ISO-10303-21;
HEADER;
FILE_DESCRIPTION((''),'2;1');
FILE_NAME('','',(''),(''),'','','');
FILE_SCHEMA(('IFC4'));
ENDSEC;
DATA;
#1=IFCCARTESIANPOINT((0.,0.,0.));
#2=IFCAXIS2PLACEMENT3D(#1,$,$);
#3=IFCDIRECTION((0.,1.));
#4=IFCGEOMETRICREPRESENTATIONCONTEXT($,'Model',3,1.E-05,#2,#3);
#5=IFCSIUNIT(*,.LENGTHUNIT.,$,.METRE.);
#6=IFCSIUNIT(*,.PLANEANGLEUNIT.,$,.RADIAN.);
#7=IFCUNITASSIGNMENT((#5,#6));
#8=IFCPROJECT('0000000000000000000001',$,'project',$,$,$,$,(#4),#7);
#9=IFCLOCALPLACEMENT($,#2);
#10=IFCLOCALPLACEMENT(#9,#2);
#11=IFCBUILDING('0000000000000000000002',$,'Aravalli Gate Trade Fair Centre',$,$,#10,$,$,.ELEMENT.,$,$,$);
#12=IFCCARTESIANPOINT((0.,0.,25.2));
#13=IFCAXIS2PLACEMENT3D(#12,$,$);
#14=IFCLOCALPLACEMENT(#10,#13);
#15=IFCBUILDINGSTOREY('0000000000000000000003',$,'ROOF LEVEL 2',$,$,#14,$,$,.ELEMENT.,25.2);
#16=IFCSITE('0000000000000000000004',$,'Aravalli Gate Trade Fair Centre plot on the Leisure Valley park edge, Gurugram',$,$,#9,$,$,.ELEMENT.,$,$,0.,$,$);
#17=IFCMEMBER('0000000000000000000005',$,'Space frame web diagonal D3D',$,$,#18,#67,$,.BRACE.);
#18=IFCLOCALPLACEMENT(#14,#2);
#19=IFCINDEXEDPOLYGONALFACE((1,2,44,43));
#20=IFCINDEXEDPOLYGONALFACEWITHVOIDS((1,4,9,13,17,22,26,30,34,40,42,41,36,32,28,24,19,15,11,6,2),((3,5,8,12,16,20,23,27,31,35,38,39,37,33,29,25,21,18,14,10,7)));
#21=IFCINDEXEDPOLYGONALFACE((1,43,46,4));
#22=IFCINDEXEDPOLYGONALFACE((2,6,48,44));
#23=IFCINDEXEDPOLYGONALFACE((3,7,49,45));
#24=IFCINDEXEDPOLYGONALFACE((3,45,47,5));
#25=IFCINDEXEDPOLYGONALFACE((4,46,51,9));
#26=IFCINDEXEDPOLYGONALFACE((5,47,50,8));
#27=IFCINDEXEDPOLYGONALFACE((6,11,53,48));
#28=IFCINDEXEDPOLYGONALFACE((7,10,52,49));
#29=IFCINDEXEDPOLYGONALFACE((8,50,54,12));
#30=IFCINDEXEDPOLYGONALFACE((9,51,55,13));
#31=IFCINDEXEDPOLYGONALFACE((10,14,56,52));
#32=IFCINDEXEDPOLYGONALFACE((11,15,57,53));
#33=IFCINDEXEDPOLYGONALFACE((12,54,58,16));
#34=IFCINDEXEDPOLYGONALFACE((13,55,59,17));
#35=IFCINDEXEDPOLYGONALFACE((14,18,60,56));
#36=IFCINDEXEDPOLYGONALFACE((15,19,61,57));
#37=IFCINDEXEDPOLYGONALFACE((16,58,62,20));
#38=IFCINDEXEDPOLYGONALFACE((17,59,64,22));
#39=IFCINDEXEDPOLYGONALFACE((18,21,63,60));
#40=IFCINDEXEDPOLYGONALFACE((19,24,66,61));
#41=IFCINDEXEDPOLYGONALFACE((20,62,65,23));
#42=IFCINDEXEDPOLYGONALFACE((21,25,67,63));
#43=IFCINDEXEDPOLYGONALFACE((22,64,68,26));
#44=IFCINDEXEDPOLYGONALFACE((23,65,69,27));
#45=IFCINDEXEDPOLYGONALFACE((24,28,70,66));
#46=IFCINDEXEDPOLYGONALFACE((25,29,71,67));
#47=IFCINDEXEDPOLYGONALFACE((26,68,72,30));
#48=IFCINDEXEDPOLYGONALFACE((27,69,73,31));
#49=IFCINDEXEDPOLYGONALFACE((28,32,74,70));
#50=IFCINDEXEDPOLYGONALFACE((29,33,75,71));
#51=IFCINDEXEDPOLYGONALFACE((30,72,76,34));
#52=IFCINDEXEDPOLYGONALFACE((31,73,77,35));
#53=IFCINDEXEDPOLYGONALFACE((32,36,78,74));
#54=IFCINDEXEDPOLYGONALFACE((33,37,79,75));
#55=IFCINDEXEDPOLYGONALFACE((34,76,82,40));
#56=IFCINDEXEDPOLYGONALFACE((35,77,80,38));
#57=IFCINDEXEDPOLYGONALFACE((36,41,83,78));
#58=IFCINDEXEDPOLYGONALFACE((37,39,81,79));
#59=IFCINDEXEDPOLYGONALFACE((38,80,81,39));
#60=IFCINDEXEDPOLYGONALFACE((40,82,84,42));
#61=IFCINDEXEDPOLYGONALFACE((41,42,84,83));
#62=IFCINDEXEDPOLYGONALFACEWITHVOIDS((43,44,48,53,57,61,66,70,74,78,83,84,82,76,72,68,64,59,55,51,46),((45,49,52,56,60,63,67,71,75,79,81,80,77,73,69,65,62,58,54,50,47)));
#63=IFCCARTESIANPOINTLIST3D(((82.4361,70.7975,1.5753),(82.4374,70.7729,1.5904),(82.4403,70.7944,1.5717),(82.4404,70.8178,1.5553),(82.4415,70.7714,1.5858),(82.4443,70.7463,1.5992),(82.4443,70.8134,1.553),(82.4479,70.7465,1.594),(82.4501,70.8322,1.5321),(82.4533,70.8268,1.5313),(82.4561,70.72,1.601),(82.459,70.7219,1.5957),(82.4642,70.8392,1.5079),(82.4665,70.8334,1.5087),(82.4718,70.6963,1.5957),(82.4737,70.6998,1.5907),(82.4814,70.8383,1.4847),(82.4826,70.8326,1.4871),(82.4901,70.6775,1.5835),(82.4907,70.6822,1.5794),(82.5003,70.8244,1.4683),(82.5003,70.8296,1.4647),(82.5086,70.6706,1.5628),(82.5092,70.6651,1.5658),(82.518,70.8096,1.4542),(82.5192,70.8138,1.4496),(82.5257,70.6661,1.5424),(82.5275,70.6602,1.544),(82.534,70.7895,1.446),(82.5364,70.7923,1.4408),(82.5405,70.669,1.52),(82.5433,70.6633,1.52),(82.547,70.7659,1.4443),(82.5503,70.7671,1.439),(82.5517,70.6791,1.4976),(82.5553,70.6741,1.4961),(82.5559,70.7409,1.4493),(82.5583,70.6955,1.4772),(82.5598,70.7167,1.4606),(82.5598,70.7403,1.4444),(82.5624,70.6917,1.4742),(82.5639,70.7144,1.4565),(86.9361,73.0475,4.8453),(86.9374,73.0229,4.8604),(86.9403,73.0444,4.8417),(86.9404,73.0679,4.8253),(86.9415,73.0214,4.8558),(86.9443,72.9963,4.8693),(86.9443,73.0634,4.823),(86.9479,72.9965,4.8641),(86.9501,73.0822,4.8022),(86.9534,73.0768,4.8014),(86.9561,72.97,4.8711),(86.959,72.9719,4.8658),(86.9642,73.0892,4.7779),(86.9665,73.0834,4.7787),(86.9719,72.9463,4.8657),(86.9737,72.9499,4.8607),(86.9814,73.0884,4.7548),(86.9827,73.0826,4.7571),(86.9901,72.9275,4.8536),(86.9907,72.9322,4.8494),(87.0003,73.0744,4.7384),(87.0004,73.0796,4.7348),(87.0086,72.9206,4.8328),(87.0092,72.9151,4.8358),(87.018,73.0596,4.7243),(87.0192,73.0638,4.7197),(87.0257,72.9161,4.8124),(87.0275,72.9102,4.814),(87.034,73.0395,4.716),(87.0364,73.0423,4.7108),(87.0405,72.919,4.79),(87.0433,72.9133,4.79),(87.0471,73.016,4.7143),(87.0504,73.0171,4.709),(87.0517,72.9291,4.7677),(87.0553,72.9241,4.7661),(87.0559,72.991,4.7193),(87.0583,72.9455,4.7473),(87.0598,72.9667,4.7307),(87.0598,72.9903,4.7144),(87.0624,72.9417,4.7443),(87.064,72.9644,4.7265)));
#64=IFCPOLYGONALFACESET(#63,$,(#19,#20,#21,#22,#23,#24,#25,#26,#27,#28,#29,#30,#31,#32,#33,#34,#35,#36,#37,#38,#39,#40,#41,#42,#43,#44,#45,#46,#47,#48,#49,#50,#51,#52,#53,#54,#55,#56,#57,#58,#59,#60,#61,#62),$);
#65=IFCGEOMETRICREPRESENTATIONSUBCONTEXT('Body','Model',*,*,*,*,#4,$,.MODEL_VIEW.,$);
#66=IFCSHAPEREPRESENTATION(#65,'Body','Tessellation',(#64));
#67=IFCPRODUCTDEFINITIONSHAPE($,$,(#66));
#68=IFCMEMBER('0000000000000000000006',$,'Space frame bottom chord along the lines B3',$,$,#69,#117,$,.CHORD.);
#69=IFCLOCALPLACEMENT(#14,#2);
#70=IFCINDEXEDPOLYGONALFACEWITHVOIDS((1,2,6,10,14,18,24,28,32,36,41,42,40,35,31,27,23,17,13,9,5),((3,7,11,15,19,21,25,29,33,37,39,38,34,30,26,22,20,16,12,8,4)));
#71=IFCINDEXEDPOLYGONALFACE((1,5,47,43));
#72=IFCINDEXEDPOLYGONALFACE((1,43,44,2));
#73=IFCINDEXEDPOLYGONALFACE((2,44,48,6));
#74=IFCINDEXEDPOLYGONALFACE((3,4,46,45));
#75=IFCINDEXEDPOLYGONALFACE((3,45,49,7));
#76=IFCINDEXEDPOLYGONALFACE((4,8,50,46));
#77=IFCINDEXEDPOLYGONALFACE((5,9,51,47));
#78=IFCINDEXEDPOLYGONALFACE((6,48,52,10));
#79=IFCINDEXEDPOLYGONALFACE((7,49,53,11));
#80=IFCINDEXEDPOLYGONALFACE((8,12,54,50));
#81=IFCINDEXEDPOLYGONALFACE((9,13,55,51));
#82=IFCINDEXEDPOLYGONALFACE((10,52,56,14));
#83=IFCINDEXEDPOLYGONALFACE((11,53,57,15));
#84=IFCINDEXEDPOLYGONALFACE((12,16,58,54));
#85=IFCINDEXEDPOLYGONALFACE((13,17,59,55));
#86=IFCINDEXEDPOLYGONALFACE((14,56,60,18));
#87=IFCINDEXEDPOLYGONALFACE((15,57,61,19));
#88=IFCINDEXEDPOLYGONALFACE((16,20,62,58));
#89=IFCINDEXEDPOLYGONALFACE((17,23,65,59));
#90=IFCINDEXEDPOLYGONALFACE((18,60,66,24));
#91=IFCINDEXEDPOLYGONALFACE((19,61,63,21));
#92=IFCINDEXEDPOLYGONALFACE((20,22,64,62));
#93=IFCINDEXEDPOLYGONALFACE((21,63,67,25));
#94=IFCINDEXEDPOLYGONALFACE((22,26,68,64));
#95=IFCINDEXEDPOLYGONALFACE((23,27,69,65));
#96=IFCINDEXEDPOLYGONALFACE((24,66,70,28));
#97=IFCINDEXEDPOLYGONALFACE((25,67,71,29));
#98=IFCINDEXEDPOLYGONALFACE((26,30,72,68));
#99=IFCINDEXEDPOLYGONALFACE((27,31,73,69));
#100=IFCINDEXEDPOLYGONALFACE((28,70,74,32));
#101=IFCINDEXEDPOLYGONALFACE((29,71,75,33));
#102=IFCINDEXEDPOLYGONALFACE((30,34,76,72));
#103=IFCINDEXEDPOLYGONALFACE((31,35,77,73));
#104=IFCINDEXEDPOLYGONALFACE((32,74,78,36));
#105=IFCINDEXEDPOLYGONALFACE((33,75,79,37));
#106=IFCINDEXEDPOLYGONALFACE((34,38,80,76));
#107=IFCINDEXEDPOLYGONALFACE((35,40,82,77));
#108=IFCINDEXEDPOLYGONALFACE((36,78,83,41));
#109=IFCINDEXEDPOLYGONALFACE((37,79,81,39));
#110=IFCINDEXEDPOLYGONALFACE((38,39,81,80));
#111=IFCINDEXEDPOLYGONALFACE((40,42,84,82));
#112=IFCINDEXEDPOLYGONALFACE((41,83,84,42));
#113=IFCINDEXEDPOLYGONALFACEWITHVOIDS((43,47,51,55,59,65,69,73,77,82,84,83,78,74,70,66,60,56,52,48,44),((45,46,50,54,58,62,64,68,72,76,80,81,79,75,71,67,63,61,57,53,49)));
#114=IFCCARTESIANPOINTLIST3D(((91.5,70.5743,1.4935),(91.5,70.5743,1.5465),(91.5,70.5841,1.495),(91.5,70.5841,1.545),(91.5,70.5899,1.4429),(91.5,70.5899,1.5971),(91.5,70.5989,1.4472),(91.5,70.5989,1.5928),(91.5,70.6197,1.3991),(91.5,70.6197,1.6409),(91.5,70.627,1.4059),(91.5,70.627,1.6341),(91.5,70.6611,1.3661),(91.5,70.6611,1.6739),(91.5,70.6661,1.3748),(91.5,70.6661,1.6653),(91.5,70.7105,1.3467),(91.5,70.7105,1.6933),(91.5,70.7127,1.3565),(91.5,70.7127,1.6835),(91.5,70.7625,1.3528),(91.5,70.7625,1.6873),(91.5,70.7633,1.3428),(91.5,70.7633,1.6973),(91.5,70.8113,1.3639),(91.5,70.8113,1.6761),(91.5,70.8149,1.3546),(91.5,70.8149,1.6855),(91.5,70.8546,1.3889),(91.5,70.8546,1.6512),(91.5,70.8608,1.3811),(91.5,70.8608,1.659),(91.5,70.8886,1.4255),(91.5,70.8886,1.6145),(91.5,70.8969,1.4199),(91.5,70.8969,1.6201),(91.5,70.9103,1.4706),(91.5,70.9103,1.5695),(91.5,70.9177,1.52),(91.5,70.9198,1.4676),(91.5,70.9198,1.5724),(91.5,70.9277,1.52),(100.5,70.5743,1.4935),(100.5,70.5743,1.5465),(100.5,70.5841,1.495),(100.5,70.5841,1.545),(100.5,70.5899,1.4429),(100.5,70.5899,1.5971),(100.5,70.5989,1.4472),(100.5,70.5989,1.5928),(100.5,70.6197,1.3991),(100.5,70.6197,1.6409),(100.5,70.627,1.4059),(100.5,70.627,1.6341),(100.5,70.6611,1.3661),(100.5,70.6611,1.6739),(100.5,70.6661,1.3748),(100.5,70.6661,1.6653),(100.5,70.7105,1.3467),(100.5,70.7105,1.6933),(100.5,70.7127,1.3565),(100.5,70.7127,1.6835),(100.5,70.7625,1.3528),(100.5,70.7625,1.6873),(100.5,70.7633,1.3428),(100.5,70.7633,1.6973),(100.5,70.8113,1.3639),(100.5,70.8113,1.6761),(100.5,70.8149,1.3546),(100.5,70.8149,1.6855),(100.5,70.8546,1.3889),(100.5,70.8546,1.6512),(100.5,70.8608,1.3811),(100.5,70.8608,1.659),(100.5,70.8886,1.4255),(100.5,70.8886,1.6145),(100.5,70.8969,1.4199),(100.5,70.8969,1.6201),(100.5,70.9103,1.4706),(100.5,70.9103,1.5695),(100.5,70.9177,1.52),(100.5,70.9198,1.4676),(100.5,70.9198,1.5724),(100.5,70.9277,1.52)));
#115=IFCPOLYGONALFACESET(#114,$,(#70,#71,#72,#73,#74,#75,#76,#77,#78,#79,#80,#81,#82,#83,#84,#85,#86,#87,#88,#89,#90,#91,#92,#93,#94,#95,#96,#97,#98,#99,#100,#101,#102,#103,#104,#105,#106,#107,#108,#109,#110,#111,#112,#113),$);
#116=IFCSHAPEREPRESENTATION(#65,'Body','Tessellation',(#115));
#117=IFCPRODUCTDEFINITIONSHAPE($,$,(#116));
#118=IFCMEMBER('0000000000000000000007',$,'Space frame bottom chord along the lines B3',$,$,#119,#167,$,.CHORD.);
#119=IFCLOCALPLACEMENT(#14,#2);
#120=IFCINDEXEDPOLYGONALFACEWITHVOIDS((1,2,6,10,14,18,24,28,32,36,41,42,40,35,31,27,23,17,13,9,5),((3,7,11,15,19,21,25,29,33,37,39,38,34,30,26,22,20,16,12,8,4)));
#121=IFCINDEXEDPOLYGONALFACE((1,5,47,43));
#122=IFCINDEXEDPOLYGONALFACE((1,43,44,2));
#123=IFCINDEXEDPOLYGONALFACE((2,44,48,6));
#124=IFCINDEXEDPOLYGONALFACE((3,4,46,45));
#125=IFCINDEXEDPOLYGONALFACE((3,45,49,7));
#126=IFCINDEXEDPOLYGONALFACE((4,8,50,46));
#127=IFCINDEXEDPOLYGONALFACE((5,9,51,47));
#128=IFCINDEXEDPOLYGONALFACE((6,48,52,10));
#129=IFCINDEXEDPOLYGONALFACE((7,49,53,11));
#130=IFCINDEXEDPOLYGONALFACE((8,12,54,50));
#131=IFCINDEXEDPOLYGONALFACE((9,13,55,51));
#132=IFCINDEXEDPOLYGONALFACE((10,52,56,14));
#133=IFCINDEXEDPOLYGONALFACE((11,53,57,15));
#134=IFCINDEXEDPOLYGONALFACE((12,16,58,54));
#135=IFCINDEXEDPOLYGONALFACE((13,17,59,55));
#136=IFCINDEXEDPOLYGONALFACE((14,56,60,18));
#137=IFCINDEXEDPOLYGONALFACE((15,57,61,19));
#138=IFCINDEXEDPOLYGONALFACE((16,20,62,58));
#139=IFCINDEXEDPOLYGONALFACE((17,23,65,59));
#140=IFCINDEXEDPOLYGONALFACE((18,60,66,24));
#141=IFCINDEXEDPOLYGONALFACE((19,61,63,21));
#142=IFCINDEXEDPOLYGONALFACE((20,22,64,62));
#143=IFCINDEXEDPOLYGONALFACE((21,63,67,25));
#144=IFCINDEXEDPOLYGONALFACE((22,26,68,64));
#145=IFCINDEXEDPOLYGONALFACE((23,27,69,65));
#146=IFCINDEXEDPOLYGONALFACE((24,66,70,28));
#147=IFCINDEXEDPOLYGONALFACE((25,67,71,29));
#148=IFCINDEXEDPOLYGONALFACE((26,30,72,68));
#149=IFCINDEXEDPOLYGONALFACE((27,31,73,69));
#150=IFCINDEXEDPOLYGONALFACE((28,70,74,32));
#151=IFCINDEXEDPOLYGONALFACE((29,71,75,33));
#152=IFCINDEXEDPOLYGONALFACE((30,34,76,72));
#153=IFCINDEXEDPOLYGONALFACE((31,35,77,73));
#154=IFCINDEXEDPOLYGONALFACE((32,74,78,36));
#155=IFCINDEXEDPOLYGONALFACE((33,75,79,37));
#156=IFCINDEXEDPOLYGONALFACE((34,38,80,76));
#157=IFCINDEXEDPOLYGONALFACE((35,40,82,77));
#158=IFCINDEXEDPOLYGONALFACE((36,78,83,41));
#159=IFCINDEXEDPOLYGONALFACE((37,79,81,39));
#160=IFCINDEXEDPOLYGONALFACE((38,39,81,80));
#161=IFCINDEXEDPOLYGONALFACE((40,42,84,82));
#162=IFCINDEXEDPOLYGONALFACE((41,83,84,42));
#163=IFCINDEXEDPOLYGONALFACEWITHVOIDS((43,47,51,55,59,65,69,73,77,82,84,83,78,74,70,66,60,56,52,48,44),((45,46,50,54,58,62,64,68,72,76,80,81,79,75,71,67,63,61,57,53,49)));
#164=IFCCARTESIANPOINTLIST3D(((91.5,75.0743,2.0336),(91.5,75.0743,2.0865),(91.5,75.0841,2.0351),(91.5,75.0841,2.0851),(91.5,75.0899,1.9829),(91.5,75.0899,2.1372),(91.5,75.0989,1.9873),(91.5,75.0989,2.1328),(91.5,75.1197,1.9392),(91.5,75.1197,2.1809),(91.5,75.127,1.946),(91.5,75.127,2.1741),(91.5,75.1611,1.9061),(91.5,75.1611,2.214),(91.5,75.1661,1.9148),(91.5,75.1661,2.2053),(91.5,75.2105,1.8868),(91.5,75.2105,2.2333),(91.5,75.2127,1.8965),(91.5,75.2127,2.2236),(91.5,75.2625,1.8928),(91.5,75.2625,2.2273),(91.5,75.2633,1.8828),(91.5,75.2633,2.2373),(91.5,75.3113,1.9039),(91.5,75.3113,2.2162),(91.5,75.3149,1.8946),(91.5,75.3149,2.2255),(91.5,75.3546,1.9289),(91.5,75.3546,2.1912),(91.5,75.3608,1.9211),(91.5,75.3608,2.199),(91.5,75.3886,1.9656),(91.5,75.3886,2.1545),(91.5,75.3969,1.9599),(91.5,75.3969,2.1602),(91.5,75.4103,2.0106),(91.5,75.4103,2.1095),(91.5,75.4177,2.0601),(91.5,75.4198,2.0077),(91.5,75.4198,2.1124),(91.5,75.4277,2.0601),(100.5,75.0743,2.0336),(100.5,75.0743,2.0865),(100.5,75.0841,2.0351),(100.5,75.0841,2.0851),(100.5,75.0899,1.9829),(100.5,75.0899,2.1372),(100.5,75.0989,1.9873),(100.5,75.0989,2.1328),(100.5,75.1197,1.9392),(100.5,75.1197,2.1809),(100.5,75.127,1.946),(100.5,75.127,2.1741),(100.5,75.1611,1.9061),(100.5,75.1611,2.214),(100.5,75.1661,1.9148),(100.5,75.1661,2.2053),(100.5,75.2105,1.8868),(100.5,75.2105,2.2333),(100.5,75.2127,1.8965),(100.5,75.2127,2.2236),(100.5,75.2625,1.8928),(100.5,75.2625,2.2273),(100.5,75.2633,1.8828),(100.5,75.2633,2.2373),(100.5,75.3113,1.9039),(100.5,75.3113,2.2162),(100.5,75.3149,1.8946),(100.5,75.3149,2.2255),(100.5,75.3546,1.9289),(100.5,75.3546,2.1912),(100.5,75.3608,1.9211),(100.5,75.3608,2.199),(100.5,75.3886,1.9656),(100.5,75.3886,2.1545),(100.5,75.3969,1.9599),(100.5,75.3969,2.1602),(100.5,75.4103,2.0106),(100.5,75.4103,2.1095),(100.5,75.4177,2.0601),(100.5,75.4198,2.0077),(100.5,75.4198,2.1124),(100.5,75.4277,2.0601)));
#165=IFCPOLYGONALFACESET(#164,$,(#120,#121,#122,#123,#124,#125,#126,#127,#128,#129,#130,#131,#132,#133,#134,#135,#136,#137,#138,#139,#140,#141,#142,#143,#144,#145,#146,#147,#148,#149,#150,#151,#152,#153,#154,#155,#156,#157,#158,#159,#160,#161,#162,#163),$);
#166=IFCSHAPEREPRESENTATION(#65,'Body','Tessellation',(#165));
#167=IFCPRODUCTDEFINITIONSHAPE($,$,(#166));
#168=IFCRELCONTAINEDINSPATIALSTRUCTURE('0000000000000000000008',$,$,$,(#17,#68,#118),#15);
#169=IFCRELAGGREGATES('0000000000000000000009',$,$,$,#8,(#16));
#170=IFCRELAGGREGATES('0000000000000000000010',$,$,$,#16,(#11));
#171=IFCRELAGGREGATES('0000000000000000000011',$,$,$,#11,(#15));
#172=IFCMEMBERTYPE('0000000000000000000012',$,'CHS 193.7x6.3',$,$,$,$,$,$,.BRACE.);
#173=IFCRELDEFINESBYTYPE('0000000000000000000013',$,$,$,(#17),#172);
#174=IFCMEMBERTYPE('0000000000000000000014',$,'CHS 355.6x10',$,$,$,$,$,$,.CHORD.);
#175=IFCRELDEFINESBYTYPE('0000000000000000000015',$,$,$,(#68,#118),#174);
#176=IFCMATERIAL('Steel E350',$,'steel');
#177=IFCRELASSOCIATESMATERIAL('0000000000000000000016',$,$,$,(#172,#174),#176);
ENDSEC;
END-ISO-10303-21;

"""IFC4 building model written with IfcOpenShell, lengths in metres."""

from ifc_helpers import new_model, si_unit, direction, frame, origin, origin_2d, place, context, subcontext, project, spatial, hollow_circle, extrude, material, material_profile, profile_set, type_object, element, save


model = new_model("IFC4")

# Units and contexts
model_context = context("Model", 3, precision=1e-05, world=origin(), true_north=direction((0.0, 1.0)))
body_context = subcontext(model_context, "Body", "Model", "MODEL_VIEW")
ifc_project = project(units=[si_unit("LENGTHUNIT", "METRE"), si_unit("PLANEANGLEUNIT", "RADIAN")], contexts=[model_context])

# Site, building, storey
site_placement = place(None, origin())
site = spatial("IfcSite", under=ifc_project, at=site_placement, Name="Aravalli Gate Trade Fair Centre plot on the Leisure Valley park edge, Gurugram", CompositionType="ELEMENT", RefElevation=0.0)
building_placement = place(site_placement, origin())
building = spatial("IfcBuilding", under=site, at=building_placement, Name="Aravalli Gate Trade Fair Centre", CompositionType="ELEMENT")
storey_placement = place(building_placement, frame((0.0, 0.0, 25.2)))
storey = spatial("IfcBuildingStorey", under=building, at=storey_placement, Name="ROOF LEVEL 2", CompositionType="ELEMENT", Elevation=25.2)

# Members
ifc_material = material(Name="Steel E350", Category="steel")
ifc_material_profile_1 = material_profile(ifc_material, hollow_circle(Radius=0.0969, WallThickness=0.0063, at=origin_2d()), Name="CHS 193.7x6.3")
ifc_profile_set_1 = profile_set([ifc_material_profile_1], Name="Steel E350")
member_type_1 = type_object("IfcMemberType", Name="CHS 193.7x6.3", PredefinedType="BRACE", material=ifc_profile_set_1)
for number, where, z_axis, x_axis, name in (
    (1, (87.0, 73.0, 4.79), (-0.749942, -0.374971, -0.544961), (0.447214, -0.894427, 0.0), "Space frame web diagonal D3D"),
):
    element("IfcMember", number, at=place(storey_placement, frame(where, z_axis=z_axis, x_axis=x_axis)), inside=storey, type_object=member_type_1, Name=name, PredefinedType="BRACE", context=body_context, shape_type="SweptSolid", body=[
        extrude(hollow_circle(Radius=0.0969, WallThickness=0.0063, at=origin_2d()), origin(), (0.0, 0.0, 1.0), 6.0005),
    ])
ifc_material_profile_2 = material_profile(ifc_material, hollow_circle(Radius=0.1777, WallThickness=0.01, at=origin_2d()), Name="CHS 355.6x10")
ifc_profile_set_2 = profile_set([ifc_material_profile_2], Name="Steel E350")
member_type_2 = type_object("IfcMemberType", Name="CHS 355.6x10", PredefinedType="CHORD", material=ifc_profile_set_2)
for number, where, z_axis, x_axis, name in (
    (2, (91.5, 70.75, 1.52), (1.0, 0.0, 0.0), (0.0, 1.0, 0.0), "Space frame bottom chord along the lines B3"),
    (3, (91.5, 75.25, 2.0601), (1.0, 0.0, 0.0), (0.0, 1.0, 0.0), "Space frame bottom chord along the lines B3"),
):
    element("IfcMember", number, at=place(storey_placement, frame(where, z_axis=z_axis, x_axis=x_axis)), inside=storey, type_object=member_type_2, Name=name, PredefinedType="CHORD", context=body_context, shape_type="SweptSolid", body=[
        extrude(hollow_circle(Radius=0.1777, WallThickness=0.01, at=origin_2d()), origin(), (0.0, 0.0, 1.0), 9.0),
    ])

save(model, "model.ifc")
